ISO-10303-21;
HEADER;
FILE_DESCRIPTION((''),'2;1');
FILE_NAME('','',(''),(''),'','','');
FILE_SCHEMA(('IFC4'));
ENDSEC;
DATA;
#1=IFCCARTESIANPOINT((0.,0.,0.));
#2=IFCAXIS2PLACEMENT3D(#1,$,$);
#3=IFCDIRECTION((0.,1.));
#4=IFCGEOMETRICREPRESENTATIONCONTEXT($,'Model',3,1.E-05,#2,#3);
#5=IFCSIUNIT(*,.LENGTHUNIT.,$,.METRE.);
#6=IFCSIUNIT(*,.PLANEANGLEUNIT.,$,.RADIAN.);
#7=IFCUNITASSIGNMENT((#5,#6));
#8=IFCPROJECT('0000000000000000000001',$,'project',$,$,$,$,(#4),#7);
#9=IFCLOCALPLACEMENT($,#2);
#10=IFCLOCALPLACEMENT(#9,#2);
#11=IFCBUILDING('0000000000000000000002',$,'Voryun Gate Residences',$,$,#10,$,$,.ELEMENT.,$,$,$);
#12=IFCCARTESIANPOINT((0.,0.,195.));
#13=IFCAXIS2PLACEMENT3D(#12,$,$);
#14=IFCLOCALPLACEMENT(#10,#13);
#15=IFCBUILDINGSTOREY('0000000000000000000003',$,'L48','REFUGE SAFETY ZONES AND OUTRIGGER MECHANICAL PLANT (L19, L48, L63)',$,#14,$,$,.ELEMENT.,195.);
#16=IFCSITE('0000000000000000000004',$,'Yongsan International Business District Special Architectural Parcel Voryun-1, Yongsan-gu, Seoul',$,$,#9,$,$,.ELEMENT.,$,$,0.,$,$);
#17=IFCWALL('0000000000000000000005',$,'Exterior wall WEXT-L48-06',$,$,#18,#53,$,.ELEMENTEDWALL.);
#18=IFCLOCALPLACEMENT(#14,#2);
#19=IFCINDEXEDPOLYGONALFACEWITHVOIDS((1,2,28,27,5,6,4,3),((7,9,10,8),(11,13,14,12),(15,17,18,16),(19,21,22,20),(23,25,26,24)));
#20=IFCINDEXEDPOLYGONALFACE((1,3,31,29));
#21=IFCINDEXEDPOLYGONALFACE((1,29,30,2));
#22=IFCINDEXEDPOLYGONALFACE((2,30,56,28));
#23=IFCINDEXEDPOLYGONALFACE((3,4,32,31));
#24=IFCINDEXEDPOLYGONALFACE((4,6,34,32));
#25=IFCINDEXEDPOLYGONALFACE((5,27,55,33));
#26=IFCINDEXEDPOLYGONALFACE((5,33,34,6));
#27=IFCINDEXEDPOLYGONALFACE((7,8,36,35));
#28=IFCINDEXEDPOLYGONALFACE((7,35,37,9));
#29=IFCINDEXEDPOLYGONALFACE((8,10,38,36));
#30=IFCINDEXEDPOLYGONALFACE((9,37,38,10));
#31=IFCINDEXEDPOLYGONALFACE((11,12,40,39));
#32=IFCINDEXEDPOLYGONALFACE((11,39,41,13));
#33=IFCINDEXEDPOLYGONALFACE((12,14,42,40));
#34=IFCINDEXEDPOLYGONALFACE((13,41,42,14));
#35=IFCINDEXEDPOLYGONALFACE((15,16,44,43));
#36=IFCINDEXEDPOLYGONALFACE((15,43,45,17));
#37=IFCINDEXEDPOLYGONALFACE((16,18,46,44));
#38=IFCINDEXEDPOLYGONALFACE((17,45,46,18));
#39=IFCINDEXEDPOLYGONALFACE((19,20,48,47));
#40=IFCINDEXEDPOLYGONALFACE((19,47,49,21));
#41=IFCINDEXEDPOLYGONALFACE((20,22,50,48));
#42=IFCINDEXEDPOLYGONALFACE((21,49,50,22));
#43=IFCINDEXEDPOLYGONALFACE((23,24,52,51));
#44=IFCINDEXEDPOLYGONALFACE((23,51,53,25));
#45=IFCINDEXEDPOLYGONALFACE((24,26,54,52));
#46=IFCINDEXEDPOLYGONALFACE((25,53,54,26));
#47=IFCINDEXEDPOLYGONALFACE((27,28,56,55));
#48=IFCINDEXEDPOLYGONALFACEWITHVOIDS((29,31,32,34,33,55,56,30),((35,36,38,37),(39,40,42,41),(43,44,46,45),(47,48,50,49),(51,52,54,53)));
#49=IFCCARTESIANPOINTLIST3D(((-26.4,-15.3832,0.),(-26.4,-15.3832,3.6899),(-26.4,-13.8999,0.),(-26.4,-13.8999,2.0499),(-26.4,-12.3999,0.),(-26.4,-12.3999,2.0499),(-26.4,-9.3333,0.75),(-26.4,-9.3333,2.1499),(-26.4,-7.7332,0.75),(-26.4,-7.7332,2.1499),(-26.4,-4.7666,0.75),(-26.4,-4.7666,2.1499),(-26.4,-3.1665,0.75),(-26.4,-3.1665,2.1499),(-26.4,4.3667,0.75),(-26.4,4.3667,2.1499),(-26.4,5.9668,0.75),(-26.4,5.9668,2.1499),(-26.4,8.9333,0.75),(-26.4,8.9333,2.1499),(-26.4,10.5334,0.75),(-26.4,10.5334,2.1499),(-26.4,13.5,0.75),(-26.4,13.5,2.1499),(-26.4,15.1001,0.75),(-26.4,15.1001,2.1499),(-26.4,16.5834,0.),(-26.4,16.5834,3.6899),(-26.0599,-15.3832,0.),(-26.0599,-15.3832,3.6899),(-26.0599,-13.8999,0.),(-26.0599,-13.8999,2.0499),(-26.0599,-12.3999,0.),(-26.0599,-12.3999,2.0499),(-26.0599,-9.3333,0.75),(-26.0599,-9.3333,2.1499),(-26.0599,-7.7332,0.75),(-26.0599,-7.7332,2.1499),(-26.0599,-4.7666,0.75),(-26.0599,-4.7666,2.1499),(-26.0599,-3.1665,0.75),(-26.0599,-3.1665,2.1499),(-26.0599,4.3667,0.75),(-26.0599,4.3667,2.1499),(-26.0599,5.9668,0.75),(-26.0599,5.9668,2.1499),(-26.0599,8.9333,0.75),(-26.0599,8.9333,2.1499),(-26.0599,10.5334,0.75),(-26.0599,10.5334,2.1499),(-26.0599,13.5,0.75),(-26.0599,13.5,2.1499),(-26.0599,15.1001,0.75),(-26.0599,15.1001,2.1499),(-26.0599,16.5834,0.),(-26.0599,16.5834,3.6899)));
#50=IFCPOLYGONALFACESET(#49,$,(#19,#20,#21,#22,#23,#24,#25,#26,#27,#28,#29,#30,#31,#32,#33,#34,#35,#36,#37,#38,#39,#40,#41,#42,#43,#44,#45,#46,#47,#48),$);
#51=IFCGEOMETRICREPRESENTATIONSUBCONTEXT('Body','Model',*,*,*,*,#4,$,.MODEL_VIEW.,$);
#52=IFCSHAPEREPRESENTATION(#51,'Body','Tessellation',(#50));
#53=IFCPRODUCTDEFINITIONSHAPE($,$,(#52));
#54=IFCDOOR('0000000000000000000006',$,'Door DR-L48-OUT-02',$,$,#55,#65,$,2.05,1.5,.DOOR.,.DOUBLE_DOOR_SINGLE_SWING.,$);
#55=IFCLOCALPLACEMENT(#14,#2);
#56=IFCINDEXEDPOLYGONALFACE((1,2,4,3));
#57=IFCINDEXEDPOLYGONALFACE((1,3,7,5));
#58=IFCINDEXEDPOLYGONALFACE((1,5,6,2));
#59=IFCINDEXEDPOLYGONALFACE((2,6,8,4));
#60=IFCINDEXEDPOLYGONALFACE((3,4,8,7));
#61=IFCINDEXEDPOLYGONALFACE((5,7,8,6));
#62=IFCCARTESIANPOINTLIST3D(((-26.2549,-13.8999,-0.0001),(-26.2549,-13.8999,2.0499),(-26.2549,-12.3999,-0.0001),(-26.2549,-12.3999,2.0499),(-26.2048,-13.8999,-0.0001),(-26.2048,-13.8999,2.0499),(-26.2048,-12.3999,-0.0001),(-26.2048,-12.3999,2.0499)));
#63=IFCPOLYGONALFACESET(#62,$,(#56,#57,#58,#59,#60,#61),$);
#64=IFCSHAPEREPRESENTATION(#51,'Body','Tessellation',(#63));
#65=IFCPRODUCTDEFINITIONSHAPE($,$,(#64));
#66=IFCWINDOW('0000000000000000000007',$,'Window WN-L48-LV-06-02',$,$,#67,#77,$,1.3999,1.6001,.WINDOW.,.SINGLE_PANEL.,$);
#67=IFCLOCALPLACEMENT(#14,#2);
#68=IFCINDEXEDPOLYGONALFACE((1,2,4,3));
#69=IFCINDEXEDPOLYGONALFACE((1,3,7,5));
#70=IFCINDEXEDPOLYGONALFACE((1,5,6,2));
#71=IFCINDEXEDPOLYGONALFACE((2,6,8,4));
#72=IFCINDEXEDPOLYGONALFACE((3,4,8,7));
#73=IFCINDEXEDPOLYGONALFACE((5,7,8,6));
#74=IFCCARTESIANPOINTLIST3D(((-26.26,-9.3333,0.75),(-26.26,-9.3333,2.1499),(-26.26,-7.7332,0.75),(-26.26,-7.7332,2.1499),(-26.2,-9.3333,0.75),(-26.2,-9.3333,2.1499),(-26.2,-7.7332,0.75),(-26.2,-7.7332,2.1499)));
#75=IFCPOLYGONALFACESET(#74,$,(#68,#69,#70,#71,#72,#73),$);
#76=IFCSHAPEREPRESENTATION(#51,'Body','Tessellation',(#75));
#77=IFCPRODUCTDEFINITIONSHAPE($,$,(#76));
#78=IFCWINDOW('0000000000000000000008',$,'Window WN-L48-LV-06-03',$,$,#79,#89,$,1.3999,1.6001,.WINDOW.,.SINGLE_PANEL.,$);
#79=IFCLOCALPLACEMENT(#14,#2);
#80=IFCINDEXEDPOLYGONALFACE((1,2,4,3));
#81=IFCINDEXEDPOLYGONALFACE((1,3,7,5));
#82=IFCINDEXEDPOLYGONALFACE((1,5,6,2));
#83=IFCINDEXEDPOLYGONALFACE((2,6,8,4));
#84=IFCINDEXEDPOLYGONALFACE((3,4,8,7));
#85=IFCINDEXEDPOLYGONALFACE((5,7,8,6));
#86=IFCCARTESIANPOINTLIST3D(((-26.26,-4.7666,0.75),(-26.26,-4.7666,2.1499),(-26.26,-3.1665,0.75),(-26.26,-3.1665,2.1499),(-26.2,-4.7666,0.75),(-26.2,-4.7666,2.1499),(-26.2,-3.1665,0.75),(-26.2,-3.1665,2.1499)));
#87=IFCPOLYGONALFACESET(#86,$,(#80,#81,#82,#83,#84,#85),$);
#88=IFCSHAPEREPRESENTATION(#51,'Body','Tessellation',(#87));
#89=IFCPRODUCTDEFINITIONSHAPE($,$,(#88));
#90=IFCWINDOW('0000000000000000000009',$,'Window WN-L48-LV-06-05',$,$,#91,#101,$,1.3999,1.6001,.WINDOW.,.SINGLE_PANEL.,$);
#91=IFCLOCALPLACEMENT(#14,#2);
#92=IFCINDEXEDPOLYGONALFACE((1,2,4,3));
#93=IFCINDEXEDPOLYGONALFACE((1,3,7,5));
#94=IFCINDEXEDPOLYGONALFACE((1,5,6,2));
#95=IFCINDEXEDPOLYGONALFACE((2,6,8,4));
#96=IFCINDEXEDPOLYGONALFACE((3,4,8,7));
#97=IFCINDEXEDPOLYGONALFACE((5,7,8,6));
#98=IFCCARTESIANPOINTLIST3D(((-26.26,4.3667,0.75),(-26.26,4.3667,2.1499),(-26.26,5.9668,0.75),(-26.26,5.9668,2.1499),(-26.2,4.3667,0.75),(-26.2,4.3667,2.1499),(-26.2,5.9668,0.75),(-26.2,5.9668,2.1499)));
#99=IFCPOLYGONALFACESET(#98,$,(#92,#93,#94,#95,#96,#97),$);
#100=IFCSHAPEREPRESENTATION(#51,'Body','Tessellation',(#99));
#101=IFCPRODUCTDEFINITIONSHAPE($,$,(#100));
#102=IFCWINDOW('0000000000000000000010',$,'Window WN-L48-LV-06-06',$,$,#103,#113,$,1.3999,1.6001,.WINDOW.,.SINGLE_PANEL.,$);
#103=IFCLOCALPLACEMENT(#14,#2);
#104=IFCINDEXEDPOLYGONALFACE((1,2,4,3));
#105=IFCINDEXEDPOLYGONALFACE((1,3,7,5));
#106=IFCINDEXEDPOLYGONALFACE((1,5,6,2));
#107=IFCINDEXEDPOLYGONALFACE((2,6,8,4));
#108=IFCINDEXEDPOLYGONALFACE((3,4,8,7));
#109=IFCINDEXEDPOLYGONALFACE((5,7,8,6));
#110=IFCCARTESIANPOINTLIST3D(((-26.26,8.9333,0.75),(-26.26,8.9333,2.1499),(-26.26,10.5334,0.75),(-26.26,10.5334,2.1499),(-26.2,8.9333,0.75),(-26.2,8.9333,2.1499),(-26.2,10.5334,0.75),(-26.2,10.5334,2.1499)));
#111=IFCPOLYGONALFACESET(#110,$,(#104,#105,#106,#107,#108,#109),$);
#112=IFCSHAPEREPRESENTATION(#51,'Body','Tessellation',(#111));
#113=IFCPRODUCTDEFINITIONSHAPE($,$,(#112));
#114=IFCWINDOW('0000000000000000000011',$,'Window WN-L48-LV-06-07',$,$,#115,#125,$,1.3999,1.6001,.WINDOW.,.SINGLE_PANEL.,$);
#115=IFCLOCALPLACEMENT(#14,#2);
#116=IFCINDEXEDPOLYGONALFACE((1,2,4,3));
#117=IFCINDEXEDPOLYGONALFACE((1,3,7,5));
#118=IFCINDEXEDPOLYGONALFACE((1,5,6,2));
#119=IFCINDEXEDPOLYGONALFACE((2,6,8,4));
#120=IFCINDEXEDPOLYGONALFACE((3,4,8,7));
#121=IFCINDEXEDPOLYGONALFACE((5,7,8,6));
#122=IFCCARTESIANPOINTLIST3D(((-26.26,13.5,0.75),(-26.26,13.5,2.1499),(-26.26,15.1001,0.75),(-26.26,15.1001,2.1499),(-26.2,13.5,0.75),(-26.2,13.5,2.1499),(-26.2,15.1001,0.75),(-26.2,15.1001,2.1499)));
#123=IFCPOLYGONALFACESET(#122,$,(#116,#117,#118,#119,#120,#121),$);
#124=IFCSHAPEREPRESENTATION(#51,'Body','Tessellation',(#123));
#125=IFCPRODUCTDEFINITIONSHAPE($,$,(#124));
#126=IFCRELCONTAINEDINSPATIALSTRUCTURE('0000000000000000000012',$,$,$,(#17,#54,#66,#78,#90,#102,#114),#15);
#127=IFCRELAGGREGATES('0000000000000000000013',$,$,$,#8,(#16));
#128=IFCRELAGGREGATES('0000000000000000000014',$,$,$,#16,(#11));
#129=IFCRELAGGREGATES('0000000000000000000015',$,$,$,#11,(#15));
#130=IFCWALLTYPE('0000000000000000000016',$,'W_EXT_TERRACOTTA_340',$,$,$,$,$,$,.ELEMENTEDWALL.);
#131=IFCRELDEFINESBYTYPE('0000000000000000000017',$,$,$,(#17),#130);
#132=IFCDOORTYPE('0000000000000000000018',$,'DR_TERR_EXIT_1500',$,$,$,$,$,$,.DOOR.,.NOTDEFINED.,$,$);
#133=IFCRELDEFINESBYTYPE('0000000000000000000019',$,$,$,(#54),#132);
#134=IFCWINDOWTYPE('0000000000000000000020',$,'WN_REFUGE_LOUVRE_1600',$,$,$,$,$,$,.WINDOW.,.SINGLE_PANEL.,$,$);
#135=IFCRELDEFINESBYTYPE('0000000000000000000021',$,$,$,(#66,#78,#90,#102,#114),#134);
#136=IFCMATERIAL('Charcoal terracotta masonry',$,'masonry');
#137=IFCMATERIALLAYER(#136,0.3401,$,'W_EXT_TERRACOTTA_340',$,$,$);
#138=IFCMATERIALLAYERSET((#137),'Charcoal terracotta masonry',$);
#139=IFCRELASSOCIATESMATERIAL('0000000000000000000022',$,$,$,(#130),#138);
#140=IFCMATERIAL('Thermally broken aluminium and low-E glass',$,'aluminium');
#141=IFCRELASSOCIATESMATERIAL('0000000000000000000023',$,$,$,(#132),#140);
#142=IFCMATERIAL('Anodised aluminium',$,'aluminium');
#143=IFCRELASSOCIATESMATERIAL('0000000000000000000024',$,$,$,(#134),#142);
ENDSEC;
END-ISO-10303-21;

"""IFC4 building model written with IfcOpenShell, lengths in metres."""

from ifc_helpers import new_model, si_unit, direction, frame, frame_2d, origin, place, context, subcontext, project, spatial, rectangle, extrude, material, layer, layer_set, type_object, element, fill, save


model = new_model("IFC4")

# Units and contexts
model_context = context("Model", 3, precision=1e-05, world=origin(), true_north=direction((0.0, 1.0)))
body_context = subcontext(model_context, "Body", "Model", "MODEL_VIEW")
ifc_project = project(units=[si_unit("LENGTHUNIT", "METRE"), si_unit("PLANEANGLEUNIT", "RADIAN")], contexts=[model_context])

# Site, building, storey
site_placement = place(None, origin())
site = spatial("IfcSite", under=ifc_project, at=site_placement, Name="Yongsan International Business District Special Architectural Parcel Voryun-1, Yongsan-gu, Seoul", CompositionType="ELEMENT", RefElevation=0.0)
building_placement = place(site_placement, origin())
building = spatial("IfcBuilding", under=site, at=building_placement, Name="Voryun Gate Residences", CompositionType="ELEMENT")
storey_placement = place(building_placement, frame((0.0, 0.0, 195.0)))
storey = spatial("IfcBuildingStorey", under=building, at=storey_placement, Name="L48", Description="REFUGE SAFETY ZONES AND OUTRIGGER MECHANICAL PLANT (L19, L48, L63)", CompositionType="ELEMENT", Elevation=195.0)

# Shared definitions
ifc_material_1 = material(Name="Charcoal terracotta masonry", Category="masonry")
ifc_layer_1 = layer(ifc_material_1, 0.3401, Name="W_EXT_TERRACOTTA_340")
ifc_layer_set_1 = layer_set([ifc_layer_1], Name="Charcoal terracotta masonry")
wall_type = type_object("IfcWallType", Name="W_EXT_TERRACOTTA_340", PredefinedType="ELEMENTEDWALL", material=ifc_layer_set_1)

# Wall, openings, door, windows
wall_1_placement = place(storey_placement, frame((-26.23, -15.3833, 0.0), z_axis=(0.0, 0.0, 1.0), x_axis=(0.0, 1.0, 0.0)))
wall_1 = element("IfcWall", 1, at=wall_1_placement, inside=storey, type_object=wall_type, Name="Exterior wall WEXT-L48-06", PredefinedType="ELEMENTEDWALL", context=body_context, shape_type="SweptSolid", body=[
    extrude(rectangle(XDim=31.9666, YDim=0.3401, at=frame_2d((15.9834, 0.0))), origin(), (0.0, 0.0, 1.0), 3.6899),
])
opening_1_placement = place(wall_1_placement, frame((1.4834, 0.0, 0.0)))
opening_1 = element("IfcOpeningElement", 2, at=opening_1_placement, cuts=wall_1, PredefinedType="OPENING", context=body_context, shape_type="SweptSolid", body=[
    extrude(rectangle(XDim=1.5, YDim=2.05, at=frame_2d((0.75, 1.0249))), frame((0.0, 0.1799, 0.0), z_axis=(0.0, -1.0, 0.0), x_axis=(1.0, 0.0, 0.0)), (0.0, 0.0, 1.0), 0.3601),
])
opening_2_placement = place(wall_1_placement, frame((6.05, 0.0, 0.75)))
opening_2 = element("IfcOpeningElement", 3, at=opening_2_placement, cuts=wall_1, PredefinedType="OPENING", context=body_context, shape_type="SweptSolid", body=[
    extrude(rectangle(XDim=1.6001, YDim=1.3999, at=frame_2d((0.8, 0.7))), frame((0.0, 0.1799, 0.0), z_axis=(0.0, -1.0, 0.0), x_axis=(1.0, 0.0, 0.0)), (0.0, 0.0, 1.0), 0.3601),
])
opening_3_placement = place(wall_1_placement, frame((10.6167, 0.0, 0.75)))
opening_3 = element("IfcOpeningElement", 4, at=opening_3_placement, cuts=wall_1, PredefinedType="OPENING", context=body_context, shape_type="SweptSolid", body=[
    extrude(rectangle(XDim=1.6001, YDim=1.3999, at=frame_2d((0.8, 0.7))), frame((0.0, 0.1799, 0.0), z_axis=(0.0, -1.0, 0.0), x_axis=(1.0, 0.0, 0.0)), (0.0, 0.0, 1.0), 0.3601),
])
opening_4_placement = place(wall_1_placement, frame((19.75, 0.0, 0.75)))
opening_4 = element("IfcOpeningElement", 5, at=opening_4_placement, cuts=wall_1, PredefinedType="OPENING", context=body_context, shape_type="SweptSolid", body=[
    extrude(rectangle(XDim=1.6001, YDim=1.3999, at=frame_2d((0.8, 0.7))), frame((0.0, 0.1799, 0.0), z_axis=(0.0, -1.0, 0.0), x_axis=(1.0, 0.0, 0.0)), (0.0, 0.0, 1.0), 0.3601),
])
opening_5_placement = place(wall_1_placement, frame((24.3167, 0.0, 0.75)))
opening_5 = element("IfcOpeningElement", 6, at=opening_5_placement, cuts=wall_1, PredefinedType="OPENING", context=body_context, shape_type="SweptSolid", body=[
    extrude(rectangle(XDim=1.6001, YDim=1.3999, at=frame_2d((0.8, 0.7))), frame((0.0, 0.1799, 0.0), z_axis=(0.0, -1.0, 0.0), x_axis=(1.0, 0.0, 0.0)), (0.0, 0.0, 1.0), 0.3601),
])
opening_6_placement = place(wall_1_placement, frame((28.8833, 0.0, 0.75)))
opening_6 = element("IfcOpeningElement", 7, at=opening_6_placement, cuts=wall_1, PredefinedType="OPENING", context=body_context, shape_type="SweptSolid", body=[
    extrude(rectangle(XDim=1.6001, YDim=1.3999, at=frame_2d((0.8, 0.7))), frame((0.0, 0.1799, 0.0), z_axis=(0.0, -1.0, 0.0), x_axis=(1.0, 0.0, 0.0)), (0.0, 0.0, 1.0), 0.3601),
])
ifc_material_2 = material(Name="Thermally broken aluminium and low-E glass", Category="aluminium")
door_type = type_object("IfcDoorType", Name="DR_TERR_EXIT_1500", OperationType="NOTDEFINED", PredefinedType="DOOR", material=ifc_material_2)
door_placement = place(opening_1_placement, origin())
door = element("IfcDoor", 8, at=door_placement, inside=storey, type_object=door_type, Name="Door DR-L48-OUT-02", OperationType="DOUBLE_DOOR_SINGLE_SWING", OverallHeight=2.05, OverallWidth=1.5, PredefinedType="DOOR", context=body_context, shape_type="SweptSolid", body=[
    extrude(rectangle(XDim=1.5, YDim=2.05, at=frame_2d((0.75, 1.0249))), frame((0.0, 0.0249, 0.0), z_axis=(0.0, -1.0, 0.0), x_axis=(1.0, 0.0, 0.0)), (0.0, 0.0, 1.0), 0.05),
])
fill(opening_1, door)
ifc_material_3 = material(Name="Anodised aluminium", Category="aluminium")
window_type = type_object("IfcWindowType", Name="WN_REFUGE_LOUVRE_1600", PartitioningType="SINGLE_PANEL", PredefinedType="WINDOW", material=ifc_material_3)
window_1_placement = place(opening_2_placement, origin())
window_1 = element("IfcWindow", 9, at=window_1_placement, inside=storey, type_object=window_type, Name="Window WN-L48-LV-06-02", OverallHeight=1.3999, OverallWidth=1.6001, PartitioningType="SINGLE_PANEL", PredefinedType="WINDOW", context=body_context, shape_type="SweptSolid", body=[
    extrude(rectangle(XDim=1.6001, YDim=1.3999, at=frame_2d((0.8, 0.7))), frame((0.0, 0.03, 0.0), z_axis=(0.0, -1.0, 0.0), x_axis=(1.0, 0.0, 0.0)), (0.0, 0.0, 1.0), 0.0601),
])
fill(opening_2, window_1)
window_2_placement = place(opening_3_placement, origin())
window_2 = element("IfcWindow", 10, at=window_2_placement, inside=storey, type_object=window_type, Name="Window WN-L48-LV-06-03", OverallHeight=1.3999, OverallWidth=1.6001, PartitioningType="SINGLE_PANEL", PredefinedType="WINDOW", context=body_context, shape_type="SweptSolid", body=[
    extrude(rectangle(XDim=1.6001, YDim=1.3999, at=frame_2d((0.8, 0.7))), frame((0.0, 0.03, 0.0), z_axis=(0.0, -1.0, 0.0), x_axis=(1.0, 0.0, 0.0)), (0.0, 0.0, 1.0), 0.0601),
])
fill(opening_3, window_2)
window_3_placement = place(opening_4_placement, origin())
window_3 = element("IfcWindow", 11, at=window_3_placement, inside=storey, type_object=window_type, Name="Window WN-L48-LV-06-05", OverallHeight=1.3999, OverallWidth=1.6001, PartitioningType="SINGLE_PANEL", PredefinedType="WINDOW", context=body_context, shape_type="SweptSolid", body=[
    extrude(rectangle(XDim=1.6001, YDim=1.3999, at=frame_2d((0.8, 0.7))), frame((0.0, 0.03, 0.0), z_axis=(0.0, -1.0, 0.0), x_axis=(1.0, 0.0, 0.0)), (0.0, 0.0, 1.0), 0.0601),
])
fill(opening_4, window_3)
window_4_placement = place(opening_5_placement, origin())
window_4 = element("IfcWindow", 12, at=window_4_placement, inside=storey, type_object=window_type, Name="Window WN-L48-LV-06-06", OverallHeight=1.3999, OverallWidth=1.6001, PartitioningType="SINGLE_PANEL", PredefinedType="WINDOW", context=body_context, shape_type="SweptSolid", body=[
    extrude(rectangle(XDim=1.6001, YDim=1.3999, at=frame_2d((0.8, 0.7))), frame((0.0, 0.03, 0.0), z_axis=(0.0, -1.0, 0.0), x_axis=(1.0, 0.0, 0.0)), (0.0, 0.0, 1.0), 0.0601),
])
fill(opening_5, window_4)
window_5_placement = place(opening_6_placement, origin())
window_5 = element("IfcWindow", 13, at=window_5_placement, inside=storey, type_object=window_type, Name="Window WN-L48-LV-06-07", OverallHeight=1.3999, OverallWidth=1.6001, PartitioningType="SINGLE_PANEL", PredefinedType="WINDOW", context=body_context, shape_type="SweptSolid", body=[
    extrude(rectangle(XDim=1.6001, YDim=1.3999, at=frame_2d((0.8, 0.7))), frame((0.0, 0.03, 0.0), z_axis=(0.0, -1.0, 0.0), x_axis=(1.0, 0.0, 0.0)), (0.0, 0.0, 1.0), 0.0601),
])
fill(opening_6, window_5)

save(model, "model.ifc")
